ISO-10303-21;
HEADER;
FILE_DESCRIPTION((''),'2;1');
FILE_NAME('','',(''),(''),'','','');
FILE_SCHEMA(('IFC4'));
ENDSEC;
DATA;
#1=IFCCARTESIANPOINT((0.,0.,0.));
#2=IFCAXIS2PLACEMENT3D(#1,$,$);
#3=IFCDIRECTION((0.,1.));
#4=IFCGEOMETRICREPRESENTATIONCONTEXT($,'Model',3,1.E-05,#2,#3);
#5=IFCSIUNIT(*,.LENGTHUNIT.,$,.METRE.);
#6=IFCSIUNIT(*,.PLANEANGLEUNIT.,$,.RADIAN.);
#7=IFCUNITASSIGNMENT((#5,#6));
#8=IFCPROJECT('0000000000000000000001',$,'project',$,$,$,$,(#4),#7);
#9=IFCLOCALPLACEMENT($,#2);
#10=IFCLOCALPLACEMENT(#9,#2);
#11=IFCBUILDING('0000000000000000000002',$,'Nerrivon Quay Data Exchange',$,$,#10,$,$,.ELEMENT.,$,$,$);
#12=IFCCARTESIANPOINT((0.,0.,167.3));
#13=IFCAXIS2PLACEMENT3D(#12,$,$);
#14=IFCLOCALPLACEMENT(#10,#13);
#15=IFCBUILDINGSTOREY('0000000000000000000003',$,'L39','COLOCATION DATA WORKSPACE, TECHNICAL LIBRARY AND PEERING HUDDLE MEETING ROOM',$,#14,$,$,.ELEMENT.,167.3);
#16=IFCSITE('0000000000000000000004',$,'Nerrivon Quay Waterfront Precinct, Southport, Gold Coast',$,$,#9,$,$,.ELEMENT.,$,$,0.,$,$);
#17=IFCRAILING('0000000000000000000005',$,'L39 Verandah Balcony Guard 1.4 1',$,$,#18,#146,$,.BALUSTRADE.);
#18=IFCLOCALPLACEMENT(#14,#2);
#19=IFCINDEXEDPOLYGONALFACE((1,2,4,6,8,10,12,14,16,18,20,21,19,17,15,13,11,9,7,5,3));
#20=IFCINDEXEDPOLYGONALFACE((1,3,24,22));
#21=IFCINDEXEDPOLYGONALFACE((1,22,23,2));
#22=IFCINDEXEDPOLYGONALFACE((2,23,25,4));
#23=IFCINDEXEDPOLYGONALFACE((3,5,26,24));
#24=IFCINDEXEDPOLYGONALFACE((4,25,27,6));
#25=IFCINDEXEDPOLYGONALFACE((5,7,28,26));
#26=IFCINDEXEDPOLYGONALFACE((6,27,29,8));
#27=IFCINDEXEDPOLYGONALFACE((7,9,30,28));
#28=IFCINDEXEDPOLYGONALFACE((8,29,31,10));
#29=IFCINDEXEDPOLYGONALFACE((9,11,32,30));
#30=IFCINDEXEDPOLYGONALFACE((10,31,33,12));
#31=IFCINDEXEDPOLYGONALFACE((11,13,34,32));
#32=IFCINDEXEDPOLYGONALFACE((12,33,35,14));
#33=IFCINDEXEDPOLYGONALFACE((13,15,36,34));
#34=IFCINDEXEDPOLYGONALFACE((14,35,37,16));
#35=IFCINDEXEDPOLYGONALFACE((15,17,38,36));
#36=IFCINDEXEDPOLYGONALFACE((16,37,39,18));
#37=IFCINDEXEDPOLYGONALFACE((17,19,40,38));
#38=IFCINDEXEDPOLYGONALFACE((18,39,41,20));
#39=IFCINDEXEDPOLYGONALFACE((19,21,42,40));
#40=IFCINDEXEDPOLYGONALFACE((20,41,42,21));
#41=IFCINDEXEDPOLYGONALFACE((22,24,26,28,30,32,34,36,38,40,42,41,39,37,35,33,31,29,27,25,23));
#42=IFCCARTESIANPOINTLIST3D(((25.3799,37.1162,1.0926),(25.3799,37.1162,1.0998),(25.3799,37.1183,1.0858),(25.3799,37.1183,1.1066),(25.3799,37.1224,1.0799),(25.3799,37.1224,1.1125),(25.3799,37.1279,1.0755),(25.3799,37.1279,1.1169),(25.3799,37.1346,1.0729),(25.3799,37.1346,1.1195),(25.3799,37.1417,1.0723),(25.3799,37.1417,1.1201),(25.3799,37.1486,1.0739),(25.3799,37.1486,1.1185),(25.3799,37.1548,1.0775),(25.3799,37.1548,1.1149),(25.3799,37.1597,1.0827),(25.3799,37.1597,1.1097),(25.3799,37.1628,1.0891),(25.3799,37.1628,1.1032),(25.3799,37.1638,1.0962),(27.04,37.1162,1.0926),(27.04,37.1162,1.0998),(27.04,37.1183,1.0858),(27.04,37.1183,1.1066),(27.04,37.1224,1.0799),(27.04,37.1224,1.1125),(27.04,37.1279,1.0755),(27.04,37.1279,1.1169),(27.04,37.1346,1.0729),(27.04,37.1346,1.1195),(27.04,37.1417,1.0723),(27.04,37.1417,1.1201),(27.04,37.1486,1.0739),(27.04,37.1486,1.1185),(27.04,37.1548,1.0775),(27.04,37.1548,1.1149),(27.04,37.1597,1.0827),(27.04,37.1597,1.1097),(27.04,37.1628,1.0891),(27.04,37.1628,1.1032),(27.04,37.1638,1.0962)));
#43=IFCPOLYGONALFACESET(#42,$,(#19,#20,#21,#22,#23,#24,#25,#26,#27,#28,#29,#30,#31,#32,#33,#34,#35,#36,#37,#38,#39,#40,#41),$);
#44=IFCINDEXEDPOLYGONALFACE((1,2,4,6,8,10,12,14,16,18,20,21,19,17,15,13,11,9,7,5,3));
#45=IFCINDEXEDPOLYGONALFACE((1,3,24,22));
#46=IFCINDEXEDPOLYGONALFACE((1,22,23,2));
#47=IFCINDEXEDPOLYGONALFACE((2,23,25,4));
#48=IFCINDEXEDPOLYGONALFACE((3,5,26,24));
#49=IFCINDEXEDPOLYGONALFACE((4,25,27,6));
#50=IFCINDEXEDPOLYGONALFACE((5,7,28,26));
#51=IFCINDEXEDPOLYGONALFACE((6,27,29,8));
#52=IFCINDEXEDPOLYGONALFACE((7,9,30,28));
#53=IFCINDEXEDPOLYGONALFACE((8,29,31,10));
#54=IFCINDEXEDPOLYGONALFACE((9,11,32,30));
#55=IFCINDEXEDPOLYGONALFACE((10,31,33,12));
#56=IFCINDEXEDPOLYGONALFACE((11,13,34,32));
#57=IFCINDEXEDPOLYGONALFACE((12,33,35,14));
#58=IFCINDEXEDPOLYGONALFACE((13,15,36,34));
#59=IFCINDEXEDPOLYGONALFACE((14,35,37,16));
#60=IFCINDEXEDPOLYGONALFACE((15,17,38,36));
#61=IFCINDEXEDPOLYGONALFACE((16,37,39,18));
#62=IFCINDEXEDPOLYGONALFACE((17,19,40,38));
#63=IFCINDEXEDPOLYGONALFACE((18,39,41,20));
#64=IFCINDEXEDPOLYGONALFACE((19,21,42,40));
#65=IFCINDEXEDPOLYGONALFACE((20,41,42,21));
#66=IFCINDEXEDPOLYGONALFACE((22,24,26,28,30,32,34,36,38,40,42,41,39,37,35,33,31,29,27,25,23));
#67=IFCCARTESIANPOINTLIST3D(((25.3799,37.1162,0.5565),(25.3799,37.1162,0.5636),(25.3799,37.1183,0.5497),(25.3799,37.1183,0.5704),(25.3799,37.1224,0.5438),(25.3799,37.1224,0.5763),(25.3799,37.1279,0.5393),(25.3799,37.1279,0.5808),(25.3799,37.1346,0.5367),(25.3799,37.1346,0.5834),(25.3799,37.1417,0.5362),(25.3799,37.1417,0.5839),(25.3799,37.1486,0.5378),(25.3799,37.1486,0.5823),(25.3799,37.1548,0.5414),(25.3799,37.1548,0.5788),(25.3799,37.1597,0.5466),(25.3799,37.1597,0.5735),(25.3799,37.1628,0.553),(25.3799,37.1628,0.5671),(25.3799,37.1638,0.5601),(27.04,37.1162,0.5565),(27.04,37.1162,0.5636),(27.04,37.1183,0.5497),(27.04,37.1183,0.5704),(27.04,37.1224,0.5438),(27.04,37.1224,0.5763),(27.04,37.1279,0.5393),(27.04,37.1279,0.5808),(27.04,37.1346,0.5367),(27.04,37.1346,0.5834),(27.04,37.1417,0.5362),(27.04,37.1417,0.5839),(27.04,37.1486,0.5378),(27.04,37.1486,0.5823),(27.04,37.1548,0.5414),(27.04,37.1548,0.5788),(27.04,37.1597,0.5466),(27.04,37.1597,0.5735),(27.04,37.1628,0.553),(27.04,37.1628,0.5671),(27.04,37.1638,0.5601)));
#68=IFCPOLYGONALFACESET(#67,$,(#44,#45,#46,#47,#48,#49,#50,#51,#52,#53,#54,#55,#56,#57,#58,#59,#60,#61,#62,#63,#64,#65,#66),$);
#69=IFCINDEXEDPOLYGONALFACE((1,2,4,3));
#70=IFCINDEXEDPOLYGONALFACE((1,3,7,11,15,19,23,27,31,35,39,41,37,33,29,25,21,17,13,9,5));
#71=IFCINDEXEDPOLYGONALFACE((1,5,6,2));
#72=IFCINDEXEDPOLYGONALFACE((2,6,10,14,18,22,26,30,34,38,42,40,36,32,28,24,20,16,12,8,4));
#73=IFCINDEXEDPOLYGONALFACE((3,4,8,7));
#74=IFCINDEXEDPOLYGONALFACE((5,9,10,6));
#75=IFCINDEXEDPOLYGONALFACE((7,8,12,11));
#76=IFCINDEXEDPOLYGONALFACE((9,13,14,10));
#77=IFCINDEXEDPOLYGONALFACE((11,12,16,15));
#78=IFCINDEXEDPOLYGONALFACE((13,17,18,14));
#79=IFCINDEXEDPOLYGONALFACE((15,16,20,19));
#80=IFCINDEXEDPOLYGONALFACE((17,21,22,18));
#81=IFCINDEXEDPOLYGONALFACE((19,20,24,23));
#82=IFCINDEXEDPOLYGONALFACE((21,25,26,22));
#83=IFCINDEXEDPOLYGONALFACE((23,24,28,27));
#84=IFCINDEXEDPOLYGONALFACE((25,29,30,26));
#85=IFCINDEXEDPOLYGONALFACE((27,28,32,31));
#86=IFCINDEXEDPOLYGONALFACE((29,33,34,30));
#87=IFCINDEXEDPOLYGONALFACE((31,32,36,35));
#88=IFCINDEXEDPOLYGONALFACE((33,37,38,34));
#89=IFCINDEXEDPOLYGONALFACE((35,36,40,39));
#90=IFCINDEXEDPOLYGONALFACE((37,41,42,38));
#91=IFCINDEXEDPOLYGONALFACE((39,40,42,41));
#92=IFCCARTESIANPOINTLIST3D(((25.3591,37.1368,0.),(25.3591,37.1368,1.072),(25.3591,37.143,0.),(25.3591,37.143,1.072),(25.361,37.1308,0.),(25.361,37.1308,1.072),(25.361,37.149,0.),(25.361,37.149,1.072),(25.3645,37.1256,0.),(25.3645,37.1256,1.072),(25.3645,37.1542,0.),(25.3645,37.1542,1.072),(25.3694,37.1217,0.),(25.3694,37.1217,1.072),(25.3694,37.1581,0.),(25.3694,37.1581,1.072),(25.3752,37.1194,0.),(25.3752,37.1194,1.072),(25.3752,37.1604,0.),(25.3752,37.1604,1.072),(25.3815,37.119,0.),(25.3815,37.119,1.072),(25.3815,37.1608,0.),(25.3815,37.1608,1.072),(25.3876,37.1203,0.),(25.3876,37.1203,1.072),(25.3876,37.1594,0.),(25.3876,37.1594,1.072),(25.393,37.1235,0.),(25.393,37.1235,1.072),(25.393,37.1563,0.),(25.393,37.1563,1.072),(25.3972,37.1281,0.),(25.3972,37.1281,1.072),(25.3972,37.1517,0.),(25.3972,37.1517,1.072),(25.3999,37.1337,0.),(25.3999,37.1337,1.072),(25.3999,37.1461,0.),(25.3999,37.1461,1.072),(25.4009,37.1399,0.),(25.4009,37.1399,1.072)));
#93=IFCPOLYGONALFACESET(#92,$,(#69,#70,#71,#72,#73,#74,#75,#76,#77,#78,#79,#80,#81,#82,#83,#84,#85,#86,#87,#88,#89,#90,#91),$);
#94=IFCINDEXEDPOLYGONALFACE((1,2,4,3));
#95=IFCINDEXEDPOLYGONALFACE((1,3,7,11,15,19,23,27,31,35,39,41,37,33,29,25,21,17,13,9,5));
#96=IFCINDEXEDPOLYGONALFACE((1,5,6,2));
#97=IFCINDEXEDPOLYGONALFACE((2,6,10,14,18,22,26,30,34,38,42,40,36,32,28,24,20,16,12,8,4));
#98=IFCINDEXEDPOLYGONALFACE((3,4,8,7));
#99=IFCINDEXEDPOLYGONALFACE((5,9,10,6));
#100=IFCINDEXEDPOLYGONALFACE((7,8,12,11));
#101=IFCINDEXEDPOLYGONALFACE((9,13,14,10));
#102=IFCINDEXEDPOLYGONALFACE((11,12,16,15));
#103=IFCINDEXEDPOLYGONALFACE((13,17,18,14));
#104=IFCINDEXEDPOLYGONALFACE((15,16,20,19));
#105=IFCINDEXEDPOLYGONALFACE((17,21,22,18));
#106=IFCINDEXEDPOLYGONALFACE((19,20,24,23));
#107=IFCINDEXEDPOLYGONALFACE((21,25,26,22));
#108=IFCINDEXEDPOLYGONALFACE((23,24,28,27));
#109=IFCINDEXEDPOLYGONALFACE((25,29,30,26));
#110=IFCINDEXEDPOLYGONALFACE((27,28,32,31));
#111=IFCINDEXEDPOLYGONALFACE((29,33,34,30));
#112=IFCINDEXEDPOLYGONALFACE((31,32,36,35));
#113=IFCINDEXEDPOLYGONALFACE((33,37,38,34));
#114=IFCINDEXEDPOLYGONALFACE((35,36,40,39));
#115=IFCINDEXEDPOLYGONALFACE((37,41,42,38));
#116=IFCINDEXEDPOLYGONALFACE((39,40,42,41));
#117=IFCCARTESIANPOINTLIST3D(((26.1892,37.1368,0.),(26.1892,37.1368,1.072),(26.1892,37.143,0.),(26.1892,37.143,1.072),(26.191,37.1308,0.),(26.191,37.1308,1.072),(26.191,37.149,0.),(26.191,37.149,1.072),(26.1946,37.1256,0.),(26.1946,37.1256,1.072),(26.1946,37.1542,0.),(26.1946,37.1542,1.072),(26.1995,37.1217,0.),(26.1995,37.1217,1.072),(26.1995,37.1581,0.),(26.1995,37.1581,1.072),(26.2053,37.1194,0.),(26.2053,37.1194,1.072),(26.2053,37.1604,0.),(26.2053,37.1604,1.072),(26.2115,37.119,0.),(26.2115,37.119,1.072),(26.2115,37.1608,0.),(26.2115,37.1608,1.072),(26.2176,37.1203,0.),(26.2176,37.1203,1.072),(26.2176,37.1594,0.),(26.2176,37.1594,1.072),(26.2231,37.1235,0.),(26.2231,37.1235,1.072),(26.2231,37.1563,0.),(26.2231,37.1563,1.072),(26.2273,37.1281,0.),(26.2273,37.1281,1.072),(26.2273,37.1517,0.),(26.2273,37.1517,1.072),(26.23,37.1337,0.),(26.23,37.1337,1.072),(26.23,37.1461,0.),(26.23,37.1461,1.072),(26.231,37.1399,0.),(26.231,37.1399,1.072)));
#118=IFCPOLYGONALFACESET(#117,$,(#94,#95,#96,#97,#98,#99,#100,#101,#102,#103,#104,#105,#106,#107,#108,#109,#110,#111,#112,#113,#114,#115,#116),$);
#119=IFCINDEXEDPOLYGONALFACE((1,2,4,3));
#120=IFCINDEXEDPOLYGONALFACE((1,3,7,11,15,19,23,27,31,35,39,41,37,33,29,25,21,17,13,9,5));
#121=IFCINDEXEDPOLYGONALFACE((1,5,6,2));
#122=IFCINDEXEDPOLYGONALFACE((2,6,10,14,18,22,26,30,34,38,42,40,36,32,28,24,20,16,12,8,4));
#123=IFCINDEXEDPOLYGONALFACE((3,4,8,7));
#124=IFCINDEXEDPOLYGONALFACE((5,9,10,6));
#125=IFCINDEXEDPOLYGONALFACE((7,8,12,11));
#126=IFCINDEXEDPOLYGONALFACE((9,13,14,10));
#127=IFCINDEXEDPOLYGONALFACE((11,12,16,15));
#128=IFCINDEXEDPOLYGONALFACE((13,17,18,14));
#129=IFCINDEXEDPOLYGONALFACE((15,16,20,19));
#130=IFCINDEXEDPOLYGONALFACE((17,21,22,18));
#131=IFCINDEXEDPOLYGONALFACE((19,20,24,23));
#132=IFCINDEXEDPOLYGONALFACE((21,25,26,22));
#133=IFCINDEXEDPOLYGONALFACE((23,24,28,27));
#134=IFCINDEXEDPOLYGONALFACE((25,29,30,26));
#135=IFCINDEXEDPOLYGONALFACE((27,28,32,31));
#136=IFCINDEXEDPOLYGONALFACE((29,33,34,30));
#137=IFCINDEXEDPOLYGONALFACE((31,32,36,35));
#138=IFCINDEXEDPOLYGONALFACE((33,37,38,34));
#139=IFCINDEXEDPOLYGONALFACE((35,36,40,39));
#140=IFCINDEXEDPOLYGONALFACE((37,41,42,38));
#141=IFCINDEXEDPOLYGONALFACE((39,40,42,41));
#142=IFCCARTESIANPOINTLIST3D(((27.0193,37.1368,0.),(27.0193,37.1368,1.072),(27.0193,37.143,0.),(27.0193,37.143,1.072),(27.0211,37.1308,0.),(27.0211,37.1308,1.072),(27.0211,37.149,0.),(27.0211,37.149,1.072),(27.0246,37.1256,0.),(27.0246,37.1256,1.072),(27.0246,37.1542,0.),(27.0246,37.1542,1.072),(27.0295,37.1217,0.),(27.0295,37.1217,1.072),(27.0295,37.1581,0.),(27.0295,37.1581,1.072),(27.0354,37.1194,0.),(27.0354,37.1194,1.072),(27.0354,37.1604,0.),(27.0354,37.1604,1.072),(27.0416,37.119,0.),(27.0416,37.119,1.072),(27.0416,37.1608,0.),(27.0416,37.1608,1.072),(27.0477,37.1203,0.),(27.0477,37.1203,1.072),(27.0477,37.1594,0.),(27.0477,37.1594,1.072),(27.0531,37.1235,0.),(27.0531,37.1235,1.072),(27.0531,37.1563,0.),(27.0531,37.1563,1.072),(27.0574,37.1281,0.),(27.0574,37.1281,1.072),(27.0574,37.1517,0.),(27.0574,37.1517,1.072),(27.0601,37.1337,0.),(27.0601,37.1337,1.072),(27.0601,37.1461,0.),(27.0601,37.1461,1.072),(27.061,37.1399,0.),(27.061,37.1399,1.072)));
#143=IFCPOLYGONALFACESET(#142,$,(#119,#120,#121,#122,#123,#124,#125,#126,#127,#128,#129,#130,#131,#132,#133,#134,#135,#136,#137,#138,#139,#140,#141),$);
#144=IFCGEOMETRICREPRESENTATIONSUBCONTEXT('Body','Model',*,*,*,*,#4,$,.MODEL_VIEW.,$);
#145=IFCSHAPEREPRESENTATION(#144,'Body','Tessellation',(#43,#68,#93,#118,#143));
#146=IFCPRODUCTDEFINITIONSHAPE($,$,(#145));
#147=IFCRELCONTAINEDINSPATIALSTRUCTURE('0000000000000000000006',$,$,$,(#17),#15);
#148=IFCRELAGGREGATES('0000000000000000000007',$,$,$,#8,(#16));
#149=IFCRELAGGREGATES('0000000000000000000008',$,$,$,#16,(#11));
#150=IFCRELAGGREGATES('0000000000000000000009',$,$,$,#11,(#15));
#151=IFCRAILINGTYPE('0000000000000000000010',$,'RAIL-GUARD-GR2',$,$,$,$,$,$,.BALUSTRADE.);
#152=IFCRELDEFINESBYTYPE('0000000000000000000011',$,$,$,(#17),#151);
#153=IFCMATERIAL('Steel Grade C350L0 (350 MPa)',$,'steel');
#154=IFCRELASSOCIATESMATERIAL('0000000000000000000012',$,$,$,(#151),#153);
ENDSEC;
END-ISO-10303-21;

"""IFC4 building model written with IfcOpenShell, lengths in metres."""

from ifc_helpers import new_model, si_unit, direction, frame, origin, origin_2d, place, context, subcontext, project, spatial, circle, extrude, material, type_object, element, save


model = new_model("IFC4")

# Units and contexts
model_context = context("Model", 3, precision=1e-05, world=origin(), true_north=direction((0.0, 1.0)))
body_context = subcontext(model_context, "Body", "Model", "MODEL_VIEW")
ifc_project = project(units=[si_unit("LENGTHUNIT", "METRE"), si_unit("PLANEANGLEUNIT", "RADIAN")], contexts=[model_context])

# Site, building, storey
site_placement = place(None, origin())
site = spatial("IfcSite", under=ifc_project, at=site_placement, Name="Nerrivon Quay Waterfront Precinct, Southport, Gold Coast", CompositionType="ELEMENT", RefElevation=0.0)
building_placement = place(site_placement, origin())
building = spatial("IfcBuilding", under=site, at=building_placement, Name="Nerrivon Quay Data Exchange", CompositionType="ELEMENT")
storey_placement = place(building_placement, frame((0.0, 0.0, 167.3)))
storey = spatial("IfcBuildingStorey", under=building, at=storey_placement, Name="L39", Description="COLOCATION DATA WORKSPACE, TECHNICAL LIBRARY AND PEERING HUDDLE MEETING ROOM", CompositionType="ELEMENT", Elevation=167.3)

# Shared definitions
ifc_material_1 = material(Name="Steel Grade C350L0 (350 MPa)", Category="steel")

# Railing
railing_type = type_object("IfcRailingType", Name="RAIL-GUARD-GR2", PredefinedType="BALUSTRADE", material=ifc_material_1)
railing_1_placement = place(storey_placement, frame((25.3799, 37.1399, 0.0)))
element("IfcRailing", 1, at=railing_1_placement, inside=storey, type_object=railing_type, Name="L39 Verandah Balcony Guard 1.4 1", PredefinedType="BALUSTRADE", context=body_context, shape_type="SweptSolid", body=[
    extrude(circle(Radius=0.0239, at=origin_2d()), frame((0.0, 0.0, 1.0962), z_axis=(1.0, 0.0, 0.0), x_axis=(0.0, 1.0, 0.0)), (0.0, 0.0, 1.0), 1.6602),
    extrude(circle(Radius=0.0239, at=origin_2d()), frame((0.0, 0.0, 0.5601), z_axis=(1.0, 0.0, 0.0), x_axis=(0.0, 1.0, 0.0)), (0.0, 0.0, 1.0), 1.6602),
    extrude(circle(Radius=0.021, at=origin_2d()), origin(), (0.0, 0.0, 1.0), 1.072),
    extrude(circle(Radius=0.021, at=origin_2d()), frame((0.8301, 0.0, 0.0)), (0.0, 0.0, 1.0), 1.072),
    extrude(circle(Radius=0.021, at=origin_2d()), frame((1.6602, 0.0, 0.0)), (0.0, 0.0, 1.0), 1.072),
])

save(model, "model.ifc")
